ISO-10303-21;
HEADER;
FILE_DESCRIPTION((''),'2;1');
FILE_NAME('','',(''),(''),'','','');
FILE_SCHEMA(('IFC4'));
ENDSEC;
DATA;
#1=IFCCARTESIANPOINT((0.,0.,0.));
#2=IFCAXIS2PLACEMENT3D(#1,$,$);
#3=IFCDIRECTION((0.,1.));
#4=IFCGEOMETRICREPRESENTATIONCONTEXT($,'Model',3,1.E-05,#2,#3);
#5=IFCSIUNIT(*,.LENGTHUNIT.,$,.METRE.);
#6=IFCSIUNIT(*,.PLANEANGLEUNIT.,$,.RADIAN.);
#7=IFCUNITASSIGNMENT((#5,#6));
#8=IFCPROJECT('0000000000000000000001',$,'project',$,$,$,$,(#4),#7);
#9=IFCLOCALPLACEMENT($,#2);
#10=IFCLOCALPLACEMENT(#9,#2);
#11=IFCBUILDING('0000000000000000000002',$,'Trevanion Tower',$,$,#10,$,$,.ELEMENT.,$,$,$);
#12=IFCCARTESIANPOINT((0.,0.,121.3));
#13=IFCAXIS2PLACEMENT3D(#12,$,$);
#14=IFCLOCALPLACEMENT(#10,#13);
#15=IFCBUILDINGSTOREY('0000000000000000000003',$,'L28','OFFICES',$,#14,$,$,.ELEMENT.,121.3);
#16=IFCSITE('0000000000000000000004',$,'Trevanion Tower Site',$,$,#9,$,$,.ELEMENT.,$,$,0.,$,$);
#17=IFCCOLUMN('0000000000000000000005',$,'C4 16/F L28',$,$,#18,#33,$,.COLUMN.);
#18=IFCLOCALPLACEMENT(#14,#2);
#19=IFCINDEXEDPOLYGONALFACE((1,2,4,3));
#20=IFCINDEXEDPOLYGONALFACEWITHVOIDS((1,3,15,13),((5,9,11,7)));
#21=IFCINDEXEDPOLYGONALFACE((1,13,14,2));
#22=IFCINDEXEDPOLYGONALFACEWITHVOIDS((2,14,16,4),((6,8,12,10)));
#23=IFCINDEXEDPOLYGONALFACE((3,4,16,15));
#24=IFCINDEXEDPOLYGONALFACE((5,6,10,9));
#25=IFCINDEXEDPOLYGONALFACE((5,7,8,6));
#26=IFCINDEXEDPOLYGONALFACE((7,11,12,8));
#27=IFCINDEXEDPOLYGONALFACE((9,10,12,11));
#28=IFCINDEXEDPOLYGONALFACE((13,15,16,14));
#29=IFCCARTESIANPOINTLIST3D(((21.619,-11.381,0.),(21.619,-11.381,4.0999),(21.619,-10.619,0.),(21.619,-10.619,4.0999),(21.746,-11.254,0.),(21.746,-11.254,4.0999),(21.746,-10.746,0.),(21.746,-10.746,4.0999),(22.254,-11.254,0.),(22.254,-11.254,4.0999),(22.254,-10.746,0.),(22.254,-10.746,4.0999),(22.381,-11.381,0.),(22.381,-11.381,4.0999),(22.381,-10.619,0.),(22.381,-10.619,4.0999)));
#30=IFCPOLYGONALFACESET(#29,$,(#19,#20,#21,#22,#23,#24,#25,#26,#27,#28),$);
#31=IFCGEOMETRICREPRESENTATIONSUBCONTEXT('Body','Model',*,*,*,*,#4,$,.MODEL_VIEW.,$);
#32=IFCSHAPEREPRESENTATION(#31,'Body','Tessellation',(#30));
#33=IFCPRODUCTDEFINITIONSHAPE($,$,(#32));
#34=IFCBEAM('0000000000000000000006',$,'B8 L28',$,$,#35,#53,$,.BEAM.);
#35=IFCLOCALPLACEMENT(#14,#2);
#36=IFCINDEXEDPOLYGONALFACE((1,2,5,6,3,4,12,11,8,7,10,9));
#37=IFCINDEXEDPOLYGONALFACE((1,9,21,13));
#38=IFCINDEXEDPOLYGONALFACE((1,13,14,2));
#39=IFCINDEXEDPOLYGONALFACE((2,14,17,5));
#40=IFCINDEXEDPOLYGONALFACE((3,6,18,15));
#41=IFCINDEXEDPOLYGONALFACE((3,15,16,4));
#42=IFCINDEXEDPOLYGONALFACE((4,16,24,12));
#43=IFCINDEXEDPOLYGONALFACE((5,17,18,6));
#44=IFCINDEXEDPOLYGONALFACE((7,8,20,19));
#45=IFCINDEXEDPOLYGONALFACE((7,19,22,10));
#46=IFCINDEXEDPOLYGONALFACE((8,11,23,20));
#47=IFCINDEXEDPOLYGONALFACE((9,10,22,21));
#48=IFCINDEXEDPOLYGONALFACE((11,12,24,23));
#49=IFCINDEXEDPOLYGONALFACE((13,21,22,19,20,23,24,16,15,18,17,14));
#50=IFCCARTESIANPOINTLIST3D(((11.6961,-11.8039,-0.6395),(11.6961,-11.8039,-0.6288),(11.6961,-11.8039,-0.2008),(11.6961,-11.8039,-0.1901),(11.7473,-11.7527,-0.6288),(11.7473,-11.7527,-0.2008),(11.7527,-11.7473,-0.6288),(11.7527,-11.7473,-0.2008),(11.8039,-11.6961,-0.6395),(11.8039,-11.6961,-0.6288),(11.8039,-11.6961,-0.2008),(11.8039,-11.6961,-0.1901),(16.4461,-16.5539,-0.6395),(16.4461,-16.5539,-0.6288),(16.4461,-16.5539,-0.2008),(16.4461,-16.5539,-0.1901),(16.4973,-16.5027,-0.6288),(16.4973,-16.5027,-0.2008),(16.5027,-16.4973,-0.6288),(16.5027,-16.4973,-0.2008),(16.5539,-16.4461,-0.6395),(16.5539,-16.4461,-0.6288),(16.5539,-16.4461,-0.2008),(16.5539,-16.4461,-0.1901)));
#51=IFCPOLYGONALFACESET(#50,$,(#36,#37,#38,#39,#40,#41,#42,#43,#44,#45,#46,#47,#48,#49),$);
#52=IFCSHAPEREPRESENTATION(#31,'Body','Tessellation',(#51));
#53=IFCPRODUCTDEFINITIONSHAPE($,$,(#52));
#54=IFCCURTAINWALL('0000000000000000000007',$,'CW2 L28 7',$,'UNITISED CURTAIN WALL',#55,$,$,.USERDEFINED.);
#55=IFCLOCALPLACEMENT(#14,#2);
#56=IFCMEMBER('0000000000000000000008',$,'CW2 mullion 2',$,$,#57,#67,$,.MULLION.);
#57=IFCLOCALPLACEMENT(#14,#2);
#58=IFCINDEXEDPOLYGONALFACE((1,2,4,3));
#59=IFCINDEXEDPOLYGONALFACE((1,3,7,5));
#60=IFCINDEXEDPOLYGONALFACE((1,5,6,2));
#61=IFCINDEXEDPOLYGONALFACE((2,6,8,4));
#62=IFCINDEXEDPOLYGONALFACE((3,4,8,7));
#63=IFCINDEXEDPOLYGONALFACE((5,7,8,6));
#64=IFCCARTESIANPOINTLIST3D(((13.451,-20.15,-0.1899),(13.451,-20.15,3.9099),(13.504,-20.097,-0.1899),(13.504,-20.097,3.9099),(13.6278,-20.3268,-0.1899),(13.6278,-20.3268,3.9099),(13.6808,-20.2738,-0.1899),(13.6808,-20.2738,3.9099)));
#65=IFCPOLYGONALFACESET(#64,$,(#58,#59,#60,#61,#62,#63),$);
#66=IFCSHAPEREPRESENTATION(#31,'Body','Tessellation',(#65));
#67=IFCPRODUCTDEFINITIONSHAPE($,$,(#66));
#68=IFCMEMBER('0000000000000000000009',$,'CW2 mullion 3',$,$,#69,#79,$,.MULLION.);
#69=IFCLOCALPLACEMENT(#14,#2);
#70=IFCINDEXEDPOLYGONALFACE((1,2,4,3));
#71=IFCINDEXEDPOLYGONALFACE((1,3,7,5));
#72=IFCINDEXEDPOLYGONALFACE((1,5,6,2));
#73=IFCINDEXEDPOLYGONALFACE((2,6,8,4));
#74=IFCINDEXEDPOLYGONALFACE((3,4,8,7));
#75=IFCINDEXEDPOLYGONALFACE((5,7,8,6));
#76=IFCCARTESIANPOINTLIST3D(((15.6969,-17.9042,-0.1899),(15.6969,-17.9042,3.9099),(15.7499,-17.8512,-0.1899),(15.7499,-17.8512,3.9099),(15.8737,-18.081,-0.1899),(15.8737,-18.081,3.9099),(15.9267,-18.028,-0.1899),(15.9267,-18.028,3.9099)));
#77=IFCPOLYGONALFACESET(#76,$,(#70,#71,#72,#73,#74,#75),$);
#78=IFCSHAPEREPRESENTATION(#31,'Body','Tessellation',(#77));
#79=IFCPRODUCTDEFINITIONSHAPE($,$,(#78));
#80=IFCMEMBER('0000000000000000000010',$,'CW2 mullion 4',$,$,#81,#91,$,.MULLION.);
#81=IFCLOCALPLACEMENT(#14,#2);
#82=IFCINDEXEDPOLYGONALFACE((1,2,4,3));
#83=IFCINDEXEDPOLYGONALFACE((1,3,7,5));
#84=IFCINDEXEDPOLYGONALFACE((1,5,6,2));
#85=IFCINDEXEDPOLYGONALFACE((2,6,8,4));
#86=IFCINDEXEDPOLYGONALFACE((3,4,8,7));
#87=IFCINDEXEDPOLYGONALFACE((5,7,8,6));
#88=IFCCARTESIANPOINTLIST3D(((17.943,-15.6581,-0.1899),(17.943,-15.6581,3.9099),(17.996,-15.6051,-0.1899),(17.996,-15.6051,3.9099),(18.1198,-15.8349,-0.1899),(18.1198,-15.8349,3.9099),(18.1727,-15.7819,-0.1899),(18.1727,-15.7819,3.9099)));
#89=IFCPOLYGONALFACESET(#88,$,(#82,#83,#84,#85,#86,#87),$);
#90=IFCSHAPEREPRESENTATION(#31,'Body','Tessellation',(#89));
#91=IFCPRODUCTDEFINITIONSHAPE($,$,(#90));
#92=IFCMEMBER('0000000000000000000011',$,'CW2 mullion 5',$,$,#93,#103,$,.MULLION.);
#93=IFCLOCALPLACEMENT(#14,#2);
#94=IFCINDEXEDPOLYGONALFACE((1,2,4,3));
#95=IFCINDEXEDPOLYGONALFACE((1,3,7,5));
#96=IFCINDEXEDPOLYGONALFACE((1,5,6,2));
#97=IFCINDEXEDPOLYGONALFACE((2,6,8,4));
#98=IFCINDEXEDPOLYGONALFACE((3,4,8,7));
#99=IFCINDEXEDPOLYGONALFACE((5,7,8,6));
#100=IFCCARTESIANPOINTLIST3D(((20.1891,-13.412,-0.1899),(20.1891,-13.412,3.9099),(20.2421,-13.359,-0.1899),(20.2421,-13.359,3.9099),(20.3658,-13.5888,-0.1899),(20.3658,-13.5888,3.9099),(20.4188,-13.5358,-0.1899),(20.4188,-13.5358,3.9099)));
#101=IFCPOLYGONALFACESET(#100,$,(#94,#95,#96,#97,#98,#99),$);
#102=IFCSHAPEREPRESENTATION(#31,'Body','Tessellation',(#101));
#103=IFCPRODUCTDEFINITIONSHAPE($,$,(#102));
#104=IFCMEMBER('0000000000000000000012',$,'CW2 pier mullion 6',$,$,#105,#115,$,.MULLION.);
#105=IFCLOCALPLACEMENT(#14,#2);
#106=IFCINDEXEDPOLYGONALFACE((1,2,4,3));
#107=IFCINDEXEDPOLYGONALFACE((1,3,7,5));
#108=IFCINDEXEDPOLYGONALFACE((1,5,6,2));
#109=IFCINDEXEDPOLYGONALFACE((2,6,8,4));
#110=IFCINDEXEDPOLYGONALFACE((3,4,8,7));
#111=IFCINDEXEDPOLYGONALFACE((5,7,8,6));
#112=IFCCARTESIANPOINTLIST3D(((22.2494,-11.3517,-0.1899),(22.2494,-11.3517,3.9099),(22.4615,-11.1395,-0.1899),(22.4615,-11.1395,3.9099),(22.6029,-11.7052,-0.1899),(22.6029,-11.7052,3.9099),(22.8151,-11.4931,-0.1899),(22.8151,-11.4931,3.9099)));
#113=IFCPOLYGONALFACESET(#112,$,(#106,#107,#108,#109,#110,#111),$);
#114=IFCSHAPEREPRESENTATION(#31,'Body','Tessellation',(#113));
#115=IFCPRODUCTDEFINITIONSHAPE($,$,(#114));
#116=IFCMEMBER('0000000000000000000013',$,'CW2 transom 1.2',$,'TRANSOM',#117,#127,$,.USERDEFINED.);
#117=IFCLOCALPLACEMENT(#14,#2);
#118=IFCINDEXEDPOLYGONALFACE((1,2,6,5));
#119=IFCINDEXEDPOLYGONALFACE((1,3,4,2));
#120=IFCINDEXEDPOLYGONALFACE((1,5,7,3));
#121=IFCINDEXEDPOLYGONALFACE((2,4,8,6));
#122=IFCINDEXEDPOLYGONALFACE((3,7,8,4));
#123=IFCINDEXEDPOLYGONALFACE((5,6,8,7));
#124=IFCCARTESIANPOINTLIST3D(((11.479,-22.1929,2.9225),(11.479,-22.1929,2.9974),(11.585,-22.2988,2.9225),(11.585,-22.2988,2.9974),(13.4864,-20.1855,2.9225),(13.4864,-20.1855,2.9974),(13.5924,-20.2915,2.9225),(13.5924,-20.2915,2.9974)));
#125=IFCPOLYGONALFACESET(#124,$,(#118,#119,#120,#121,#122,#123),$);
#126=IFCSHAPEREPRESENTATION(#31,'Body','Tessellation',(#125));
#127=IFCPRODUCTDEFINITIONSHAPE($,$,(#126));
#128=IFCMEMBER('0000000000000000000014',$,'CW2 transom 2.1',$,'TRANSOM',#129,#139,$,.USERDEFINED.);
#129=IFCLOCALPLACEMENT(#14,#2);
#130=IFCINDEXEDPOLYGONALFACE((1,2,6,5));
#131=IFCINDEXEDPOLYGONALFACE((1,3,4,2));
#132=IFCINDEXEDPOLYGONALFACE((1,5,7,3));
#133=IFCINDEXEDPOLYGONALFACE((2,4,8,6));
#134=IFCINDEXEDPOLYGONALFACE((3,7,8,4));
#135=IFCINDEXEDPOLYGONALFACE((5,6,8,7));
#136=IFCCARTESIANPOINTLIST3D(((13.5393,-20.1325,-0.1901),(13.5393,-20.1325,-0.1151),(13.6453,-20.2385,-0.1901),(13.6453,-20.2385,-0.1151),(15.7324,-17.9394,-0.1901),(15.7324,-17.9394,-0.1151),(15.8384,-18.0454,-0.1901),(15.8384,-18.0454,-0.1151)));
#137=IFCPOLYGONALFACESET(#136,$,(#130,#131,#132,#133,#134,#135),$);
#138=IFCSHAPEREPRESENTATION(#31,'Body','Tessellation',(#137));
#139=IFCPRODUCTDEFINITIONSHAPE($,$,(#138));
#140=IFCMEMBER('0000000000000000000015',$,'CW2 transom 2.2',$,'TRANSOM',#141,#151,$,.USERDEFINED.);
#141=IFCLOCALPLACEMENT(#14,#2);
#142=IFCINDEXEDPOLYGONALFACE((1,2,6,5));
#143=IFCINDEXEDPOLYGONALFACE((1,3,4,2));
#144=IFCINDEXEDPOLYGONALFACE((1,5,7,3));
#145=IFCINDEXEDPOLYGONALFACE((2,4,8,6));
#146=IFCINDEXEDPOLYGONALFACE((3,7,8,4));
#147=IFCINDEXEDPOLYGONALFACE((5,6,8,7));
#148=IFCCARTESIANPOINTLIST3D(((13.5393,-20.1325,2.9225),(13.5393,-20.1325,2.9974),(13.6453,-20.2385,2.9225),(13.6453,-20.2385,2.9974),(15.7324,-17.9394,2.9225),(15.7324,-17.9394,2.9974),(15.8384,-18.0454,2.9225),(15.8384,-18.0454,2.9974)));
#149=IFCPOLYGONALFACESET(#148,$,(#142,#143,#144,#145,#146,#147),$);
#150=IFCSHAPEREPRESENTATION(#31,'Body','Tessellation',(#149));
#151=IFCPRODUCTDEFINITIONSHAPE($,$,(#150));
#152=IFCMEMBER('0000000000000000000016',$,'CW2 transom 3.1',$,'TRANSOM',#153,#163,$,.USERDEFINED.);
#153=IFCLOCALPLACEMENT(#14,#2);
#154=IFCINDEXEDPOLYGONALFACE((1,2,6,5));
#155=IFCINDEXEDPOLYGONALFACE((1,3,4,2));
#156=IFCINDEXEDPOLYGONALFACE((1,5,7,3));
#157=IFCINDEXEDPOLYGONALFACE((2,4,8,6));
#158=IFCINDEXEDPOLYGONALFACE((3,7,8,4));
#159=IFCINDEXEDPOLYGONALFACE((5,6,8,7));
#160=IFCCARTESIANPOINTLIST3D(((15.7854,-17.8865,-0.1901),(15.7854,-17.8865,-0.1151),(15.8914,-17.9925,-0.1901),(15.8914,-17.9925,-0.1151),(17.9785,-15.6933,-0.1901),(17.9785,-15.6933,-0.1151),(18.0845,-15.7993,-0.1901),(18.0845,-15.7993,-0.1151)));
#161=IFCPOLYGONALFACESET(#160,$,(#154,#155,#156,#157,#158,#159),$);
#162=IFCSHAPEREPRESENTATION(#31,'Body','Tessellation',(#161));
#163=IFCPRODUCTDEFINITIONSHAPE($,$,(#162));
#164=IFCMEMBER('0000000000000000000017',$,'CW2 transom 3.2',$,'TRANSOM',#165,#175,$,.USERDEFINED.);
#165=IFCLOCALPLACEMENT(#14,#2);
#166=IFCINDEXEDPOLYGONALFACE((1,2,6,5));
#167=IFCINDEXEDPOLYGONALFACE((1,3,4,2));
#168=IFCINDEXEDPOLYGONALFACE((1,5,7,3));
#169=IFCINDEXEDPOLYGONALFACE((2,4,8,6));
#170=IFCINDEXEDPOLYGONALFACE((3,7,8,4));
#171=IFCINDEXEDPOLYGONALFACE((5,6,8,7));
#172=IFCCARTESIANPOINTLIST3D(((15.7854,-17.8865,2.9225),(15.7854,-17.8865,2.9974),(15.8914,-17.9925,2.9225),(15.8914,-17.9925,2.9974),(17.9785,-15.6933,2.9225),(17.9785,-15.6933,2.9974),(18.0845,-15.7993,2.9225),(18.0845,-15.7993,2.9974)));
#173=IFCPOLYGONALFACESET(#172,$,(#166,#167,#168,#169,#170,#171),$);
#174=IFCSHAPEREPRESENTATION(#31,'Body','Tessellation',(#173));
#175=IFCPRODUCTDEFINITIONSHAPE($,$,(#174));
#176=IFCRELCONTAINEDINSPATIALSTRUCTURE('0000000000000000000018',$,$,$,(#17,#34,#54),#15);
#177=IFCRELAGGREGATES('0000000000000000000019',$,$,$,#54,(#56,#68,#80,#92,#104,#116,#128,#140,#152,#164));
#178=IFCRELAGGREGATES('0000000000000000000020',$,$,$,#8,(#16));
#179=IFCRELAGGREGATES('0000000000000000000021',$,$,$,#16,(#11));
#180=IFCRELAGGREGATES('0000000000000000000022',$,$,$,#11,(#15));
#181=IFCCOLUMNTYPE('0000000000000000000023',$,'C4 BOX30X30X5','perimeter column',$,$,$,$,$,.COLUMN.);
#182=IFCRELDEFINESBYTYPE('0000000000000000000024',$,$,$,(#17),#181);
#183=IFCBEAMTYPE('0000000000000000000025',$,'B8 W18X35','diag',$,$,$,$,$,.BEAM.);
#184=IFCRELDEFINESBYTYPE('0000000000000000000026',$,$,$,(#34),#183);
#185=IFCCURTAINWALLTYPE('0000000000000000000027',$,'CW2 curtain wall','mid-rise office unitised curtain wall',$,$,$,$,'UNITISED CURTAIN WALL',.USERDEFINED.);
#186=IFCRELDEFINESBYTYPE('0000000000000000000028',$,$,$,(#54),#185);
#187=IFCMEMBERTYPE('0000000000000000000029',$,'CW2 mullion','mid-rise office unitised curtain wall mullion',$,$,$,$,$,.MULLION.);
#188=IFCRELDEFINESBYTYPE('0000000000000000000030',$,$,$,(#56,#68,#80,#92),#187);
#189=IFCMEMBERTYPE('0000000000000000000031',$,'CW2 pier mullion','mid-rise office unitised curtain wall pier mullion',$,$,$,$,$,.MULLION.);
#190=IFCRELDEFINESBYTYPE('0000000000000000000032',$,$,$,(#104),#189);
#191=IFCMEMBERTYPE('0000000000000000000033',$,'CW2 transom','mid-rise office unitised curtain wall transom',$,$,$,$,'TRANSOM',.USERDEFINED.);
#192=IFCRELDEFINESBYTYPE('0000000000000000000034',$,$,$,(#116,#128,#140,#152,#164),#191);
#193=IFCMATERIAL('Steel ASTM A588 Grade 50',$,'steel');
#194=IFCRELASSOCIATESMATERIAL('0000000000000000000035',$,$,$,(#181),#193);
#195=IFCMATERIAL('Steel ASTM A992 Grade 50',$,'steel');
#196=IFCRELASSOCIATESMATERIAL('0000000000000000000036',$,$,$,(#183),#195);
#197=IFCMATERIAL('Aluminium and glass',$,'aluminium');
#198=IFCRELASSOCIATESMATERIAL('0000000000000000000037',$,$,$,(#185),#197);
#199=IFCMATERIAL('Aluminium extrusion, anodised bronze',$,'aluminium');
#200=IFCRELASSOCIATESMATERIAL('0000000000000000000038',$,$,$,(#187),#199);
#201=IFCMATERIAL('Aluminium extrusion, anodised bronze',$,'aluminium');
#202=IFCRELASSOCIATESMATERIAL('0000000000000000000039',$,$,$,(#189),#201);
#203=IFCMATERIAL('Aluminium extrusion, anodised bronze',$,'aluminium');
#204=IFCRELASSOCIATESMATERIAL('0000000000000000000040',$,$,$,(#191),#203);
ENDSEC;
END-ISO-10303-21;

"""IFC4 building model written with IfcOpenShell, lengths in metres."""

from ifc_helpers import new_model, si_unit, direction, frame, origin, origin_2d, place, context, subcontext, project, spatial, rectangle, hollow_rectangle, i_section, extrude, material, material_profile, profile_set, type_object, element, aggregate, save


model = new_model("IFC4")

# Units and contexts
model_context = context("Model", 3, precision=1e-05, world=origin(), true_north=direction((0.0, 1.0)))
body_context = subcontext(model_context, "Body", "Model", "MODEL_VIEW")
ifc_project = project(units=[si_unit("LENGTHUNIT", "METRE"), si_unit("PLANEANGLEUNIT", "RADIAN")], contexts=[model_context])

# Site, building, storey
site_placement = place(None, origin())
site = spatial("IfcSite", under=ifc_project, at=site_placement, Name="Trevanion Tower Site", CompositionType="ELEMENT", RefElevation=0.0)
building_placement = place(site_placement, origin())
building = spatial("IfcBuilding", under=site, at=building_placement, Name="Trevanion Tower", CompositionType="ELEMENT")
storey_placement = place(building_placement, frame((0.0, 0.0, 121.3)))
storey = spatial("IfcBuildingStorey", under=building, at=storey_placement, Name="L28", Description="OFFICES", CompositionType="ELEMENT", Elevation=121.3)

# Column
ifc_material_1 = material(Name="Steel ASTM A588 Grade 50", Category="steel")
ifc_material_profile_1 = material_profile(ifc_material_1, hollow_rectangle(XDim=0.762, YDim=0.762, WallThickness=0.127, at=origin_2d()), Name="BOX30X30X5")
ifc_profile_set_1 = profile_set([ifc_material_profile_1], Name="Steel ASTM A588 Grade 50")
column_type = type_object("IfcColumnType", Name="C4 BOX30X30X5", Description="perimeter column", PredefinedType="COLUMN", material=ifc_profile_set_1)
column_placement = place(storey_placement, frame((22.0, -11.0, 0.0), z_axis=(0.0, 0.0, 1.0), x_axis=(0.0, 1.0, 0.0)))
element("IfcColumn", 1, at=column_placement, inside=storey, type_object=column_type, Name="C4 16/F L28", PredefinedType="COLUMN", context=body_context, shape_type="SweptSolid", body=[
    extrude(hollow_rectangle(XDim=0.762, YDim=0.762, WallThickness=0.127, at=origin_2d()), origin(), (0.0, 0.0, 1.0), 4.0999),
])

# Beam
ifc_material_2 = material(Name="Steel ASTM A992 Grade 50", Category="steel")
ifc_material_profile_2 = material_profile(ifc_material_2, i_section(OverallWidth=0.1523, OverallDepth=0.4495, WebThickness=0.0076, FlangeThickness=0.0107, at=origin_2d()), Name="W18X35")
ifc_profile_set_2 = profile_set([ifc_material_profile_2], Name="Steel ASTM A992 Grade 50")
beam_type_1 = type_object("IfcBeamType", Name="B8 W18X35", Description="diag", PredefinedType="BEAM", material=ifc_profile_set_2)
beam_1_placement = place(storey_placement, frame((11.75, -11.75, -0.4148), z_axis=(0.707107, -0.707107, 0.0), x_axis=(0.707107, 0.707107, 0.0)))
element("IfcBeam", 2, at=beam_1_placement, inside=storey, type_object=beam_type_1, Name="B8 L28", PredefinedType="BEAM", context=body_context, shape_type="SweptSolid", body=[
    extrude(i_section(OverallWidth=0.1523, OverallDepth=0.4495, WebThickness=0.0076, FlangeThickness=0.0107, at=origin_2d()), origin(), (0.0, 0.0, 1.0), 6.7175),
])

# Curtain wall, members
ifc_material_3 = material(Name="Aluminium and glass", Category="aluminium")
curtain_wall_type = type_object("IfcCurtainWallType", Name="CW2 curtain wall", Description="mid-rise office unitised curtain wall", ElementType="UNITISED CURTAIN WALL", PredefinedType="USERDEFINED", material=ifc_material_3)
curtain_wall_placement = place(storey_placement, origin())
curtain_wall = element("IfcCurtainWall", 3, at=curtain_wall_placement, inside=storey, type_object=curtain_wall_type, Name="CW2 L28 7", ObjectType="UNITISED CURTAIN WALL", PredefinedType="USERDEFINED")
ifc_material_4 = material(Name="Aluminium extrusion, anodised bronze", Category="aluminium")
ifc_material_profile_3 = material_profile(ifc_material_4, rectangle(XDim=0.075, YDim=0.25, at=origin_2d()), Name="CW2 mullion")
ifc_profile_set_3 = profile_set([ifc_material_profile_3], Name="Aluminium extrusion, anodised bronze")
member_type_1 = type_object("IfcMemberType", Name="CW2 mullion", Description="mid-rise office unitised curtain wall mullion", PredefinedType="MULLION", material=ifc_profile_set_3)
member_1_placement = place(storey_placement, frame((13.5659, -20.2119, -0.1899), z_axis=(0.0, 0.0, 1.0), x_axis=(0.707107, 0.707107, 0.0)))
member_1 = element("IfcMember", 4, at=member_1_placement, type_object=member_type_1, Name="CW2 mullion 2", PredefinedType="MULLION", context=body_context, shape_type="SweptSolid", body=[
    extrude(rectangle(XDim=0.075, YDim=0.25, at=origin_2d()), origin(), (0.0, 0.0, 1.0), 4.0999),
])
member_2_placement = place(storey_placement, frame((15.8118, -17.9661, -0.1899), z_axis=(0.0, 0.0, 1.0), x_axis=(0.707107, 0.707107, 0.0)))
member_2 = element("IfcMember", 5, at=member_2_placement, type_object=member_type_1, Name="CW2 mullion 3", PredefinedType="MULLION", context=body_context, shape_type="SweptSolid", body=[
    extrude(rectangle(XDim=0.075, YDim=0.25, at=origin_2d()), origin(), (0.0, 0.0, 1.0), 4.0999),
])
member_3_placement = place(storey_placement, frame((18.0579, -15.72, -0.1899), z_axis=(0.0, 0.0, 1.0), x_axis=(0.707107, 0.707107, 0.0)))
member_3 = element("IfcMember", 6, at=member_3_placement, type_object=member_type_1, Name="CW2 mullion 4", PredefinedType="MULLION", context=body_context, shape_type="SweptSolid", body=[
    extrude(rectangle(XDim=0.075, YDim=0.25, at=origin_2d()), origin(), (0.0, 0.0, 1.0), 4.0999),
])
member_4_placement = place(storey_placement, frame((20.304, -13.4739, -0.1899), z_axis=(0.0, 0.0, 1.0), x_axis=(0.707107, 0.707107, 0.0)))
member_4 = element("IfcMember", 7, at=member_4_placement, type_object=member_type_1, Name="CW2 mullion 5", PredefinedType="MULLION", context=body_context, shape_type="SweptSolid", body=[
    extrude(rectangle(XDim=0.075, YDim=0.25, at=origin_2d()), origin(), (0.0, 0.0, 1.0), 4.0999),
])
ifc_material_5 = material(Name="Aluminium extrusion, anodised bronze", Category="aluminium")
ifc_material_profile_4 = material_profile(ifc_material_5, rectangle(XDim=0.3, YDim=0.5, at=origin_2d()), Name="CW2 pier mullion")
ifc_profile_set_4 = profile_set([ifc_material_profile_4], Name="Aluminium extrusion, anodised bronze")
member_type_2 = type_object("IfcMemberType", Name="CW2 pier mullion", Description="mid-rise office unitised curtain wall pier mullion", PredefinedType="MULLION", material=ifc_profile_set_4)
member_5_placement = place(storey_placement, frame((22.5322, -11.4224, -0.1899), z_axis=(0.0, 0.0, 1.0), x_axis=(0.707107, 0.707107, 0.0)))
member_5 = element("IfcMember", 8, at=member_5_placement, type_object=member_type_2, Name="CW2 pier mullion 6", PredefinedType="MULLION", context=body_context, shape_type="SweptSolid", body=[
    extrude(rectangle(XDim=0.3, YDim=0.5, at=origin_2d()), origin(), (0.0, 0.0, 1.0), 4.0999),
])
ifc_material_6 = material(Name="Aluminium extrusion, anodised bronze", Category="aluminium")
ifc_material_profile_5 = material_profile(ifc_material_6, rectangle(XDim=0.1499, YDim=0.075, at=origin_2d()), Name="CW2 transom")
ifc_profile_set_5 = profile_set([ifc_material_profile_5], Name="Aluminium extrusion, anodised bronze")
member_type_3 = type_object("IfcMemberType", Name="CW2 transom", Description="mid-rise office unitised curtain wall transom", ElementType="TRANSOM", PredefinedType="USERDEFINED", material=ifc_profile_set_5)
member_6_placement = place(storey_placement, frame((11.532, -22.2458, 2.96), z_axis=(0.707107, 0.707107, 0.0), x_axis=(-0.707107, 0.707107, 0.0)))
member_6 = element("IfcMember", 9, at=member_6_placement, type_object=member_type_3, Name="CW2 transom 1.2", ObjectType="TRANSOM", PredefinedType="USERDEFINED", context=body_context, shape_type="SweptSolid", body=[
    extrude(rectangle(XDim=0.1499, YDim=0.075, at=origin_2d()), origin(), (0.0, 0.0, 1.0), 2.8389),
])
member_7_placement = place(storey_placement, frame((13.5923, -20.1855, -0.1526), z_axis=(0.707107, 0.707107, 0.0), x_axis=(-0.707107, 0.707107, 0.0)))
member_7 = element("IfcMember", 10, at=member_7_placement, type_object=member_type_3, Name="CW2 transom 2.1", ObjectType="TRANSOM", PredefinedType="USERDEFINED", context=body_context, shape_type="SweptSolid", body=[
    extrude(rectangle(XDim=0.1499, YDim=0.075, at=origin_2d()), origin(), (0.0, 0.0, 1.0), 3.1016),
])
member_8_placement = place(storey_placement, frame((13.5923, -20.1855, 2.96), z_axis=(0.707107, 0.707107, 0.0), x_axis=(-0.707107, 0.707107, 0.0)))
member_8 = element("IfcMember", 11, at=member_8_placement, type_object=member_type_3, Name="CW2 transom 2.2", ObjectType="TRANSOM", PredefinedType="USERDEFINED", context=body_context, shape_type="SweptSolid", body=[
    extrude(rectangle(XDim=0.1499, YDim=0.075, at=origin_2d()), origin(), (0.0, 0.0, 1.0), 3.1016),
])
member_9_placement = place(storey_placement, frame((15.8384, -17.9395, -0.1526), z_axis=(0.707107, 0.707107, 0.0), x_axis=(-0.707107, 0.707107, 0.0)))
member_9 = element("IfcMember", 12, at=member_9_placement, type_object=member_type_3, Name="CW2 transom 3.1", ObjectType="TRANSOM", PredefinedType="USERDEFINED", context=body_context, shape_type="SweptSolid", body=[
    extrude(rectangle(XDim=0.1499, YDim=0.075, at=origin_2d()), origin(), (0.0, 0.0, 1.0), 3.1016),
])
member_10_placement = place(storey_placement, frame((15.8384, -17.9395, 2.96), z_axis=(0.707107, 0.707107, 0.0), x_axis=(-0.707107, 0.707107, 0.0)))
member_10 = element("IfcMember", 13, at=member_10_placement, type_object=member_type_3, Name="CW2 transom 3.2", ObjectType="TRANSOM", PredefinedType="USERDEFINED", context=body_context, shape_type="SweptSolid", body=[
    extrude(rectangle(XDim=0.1499, YDim=0.075, at=origin_2d()), origin(), (0.0, 0.0, 1.0), 3.1016),
])

aggregate(curtain_wall, [member_1, member_2, member_3, member_4, member_5, member_6, member_7, member_8, member_9, member_10])

save(model, "model.ifc")
